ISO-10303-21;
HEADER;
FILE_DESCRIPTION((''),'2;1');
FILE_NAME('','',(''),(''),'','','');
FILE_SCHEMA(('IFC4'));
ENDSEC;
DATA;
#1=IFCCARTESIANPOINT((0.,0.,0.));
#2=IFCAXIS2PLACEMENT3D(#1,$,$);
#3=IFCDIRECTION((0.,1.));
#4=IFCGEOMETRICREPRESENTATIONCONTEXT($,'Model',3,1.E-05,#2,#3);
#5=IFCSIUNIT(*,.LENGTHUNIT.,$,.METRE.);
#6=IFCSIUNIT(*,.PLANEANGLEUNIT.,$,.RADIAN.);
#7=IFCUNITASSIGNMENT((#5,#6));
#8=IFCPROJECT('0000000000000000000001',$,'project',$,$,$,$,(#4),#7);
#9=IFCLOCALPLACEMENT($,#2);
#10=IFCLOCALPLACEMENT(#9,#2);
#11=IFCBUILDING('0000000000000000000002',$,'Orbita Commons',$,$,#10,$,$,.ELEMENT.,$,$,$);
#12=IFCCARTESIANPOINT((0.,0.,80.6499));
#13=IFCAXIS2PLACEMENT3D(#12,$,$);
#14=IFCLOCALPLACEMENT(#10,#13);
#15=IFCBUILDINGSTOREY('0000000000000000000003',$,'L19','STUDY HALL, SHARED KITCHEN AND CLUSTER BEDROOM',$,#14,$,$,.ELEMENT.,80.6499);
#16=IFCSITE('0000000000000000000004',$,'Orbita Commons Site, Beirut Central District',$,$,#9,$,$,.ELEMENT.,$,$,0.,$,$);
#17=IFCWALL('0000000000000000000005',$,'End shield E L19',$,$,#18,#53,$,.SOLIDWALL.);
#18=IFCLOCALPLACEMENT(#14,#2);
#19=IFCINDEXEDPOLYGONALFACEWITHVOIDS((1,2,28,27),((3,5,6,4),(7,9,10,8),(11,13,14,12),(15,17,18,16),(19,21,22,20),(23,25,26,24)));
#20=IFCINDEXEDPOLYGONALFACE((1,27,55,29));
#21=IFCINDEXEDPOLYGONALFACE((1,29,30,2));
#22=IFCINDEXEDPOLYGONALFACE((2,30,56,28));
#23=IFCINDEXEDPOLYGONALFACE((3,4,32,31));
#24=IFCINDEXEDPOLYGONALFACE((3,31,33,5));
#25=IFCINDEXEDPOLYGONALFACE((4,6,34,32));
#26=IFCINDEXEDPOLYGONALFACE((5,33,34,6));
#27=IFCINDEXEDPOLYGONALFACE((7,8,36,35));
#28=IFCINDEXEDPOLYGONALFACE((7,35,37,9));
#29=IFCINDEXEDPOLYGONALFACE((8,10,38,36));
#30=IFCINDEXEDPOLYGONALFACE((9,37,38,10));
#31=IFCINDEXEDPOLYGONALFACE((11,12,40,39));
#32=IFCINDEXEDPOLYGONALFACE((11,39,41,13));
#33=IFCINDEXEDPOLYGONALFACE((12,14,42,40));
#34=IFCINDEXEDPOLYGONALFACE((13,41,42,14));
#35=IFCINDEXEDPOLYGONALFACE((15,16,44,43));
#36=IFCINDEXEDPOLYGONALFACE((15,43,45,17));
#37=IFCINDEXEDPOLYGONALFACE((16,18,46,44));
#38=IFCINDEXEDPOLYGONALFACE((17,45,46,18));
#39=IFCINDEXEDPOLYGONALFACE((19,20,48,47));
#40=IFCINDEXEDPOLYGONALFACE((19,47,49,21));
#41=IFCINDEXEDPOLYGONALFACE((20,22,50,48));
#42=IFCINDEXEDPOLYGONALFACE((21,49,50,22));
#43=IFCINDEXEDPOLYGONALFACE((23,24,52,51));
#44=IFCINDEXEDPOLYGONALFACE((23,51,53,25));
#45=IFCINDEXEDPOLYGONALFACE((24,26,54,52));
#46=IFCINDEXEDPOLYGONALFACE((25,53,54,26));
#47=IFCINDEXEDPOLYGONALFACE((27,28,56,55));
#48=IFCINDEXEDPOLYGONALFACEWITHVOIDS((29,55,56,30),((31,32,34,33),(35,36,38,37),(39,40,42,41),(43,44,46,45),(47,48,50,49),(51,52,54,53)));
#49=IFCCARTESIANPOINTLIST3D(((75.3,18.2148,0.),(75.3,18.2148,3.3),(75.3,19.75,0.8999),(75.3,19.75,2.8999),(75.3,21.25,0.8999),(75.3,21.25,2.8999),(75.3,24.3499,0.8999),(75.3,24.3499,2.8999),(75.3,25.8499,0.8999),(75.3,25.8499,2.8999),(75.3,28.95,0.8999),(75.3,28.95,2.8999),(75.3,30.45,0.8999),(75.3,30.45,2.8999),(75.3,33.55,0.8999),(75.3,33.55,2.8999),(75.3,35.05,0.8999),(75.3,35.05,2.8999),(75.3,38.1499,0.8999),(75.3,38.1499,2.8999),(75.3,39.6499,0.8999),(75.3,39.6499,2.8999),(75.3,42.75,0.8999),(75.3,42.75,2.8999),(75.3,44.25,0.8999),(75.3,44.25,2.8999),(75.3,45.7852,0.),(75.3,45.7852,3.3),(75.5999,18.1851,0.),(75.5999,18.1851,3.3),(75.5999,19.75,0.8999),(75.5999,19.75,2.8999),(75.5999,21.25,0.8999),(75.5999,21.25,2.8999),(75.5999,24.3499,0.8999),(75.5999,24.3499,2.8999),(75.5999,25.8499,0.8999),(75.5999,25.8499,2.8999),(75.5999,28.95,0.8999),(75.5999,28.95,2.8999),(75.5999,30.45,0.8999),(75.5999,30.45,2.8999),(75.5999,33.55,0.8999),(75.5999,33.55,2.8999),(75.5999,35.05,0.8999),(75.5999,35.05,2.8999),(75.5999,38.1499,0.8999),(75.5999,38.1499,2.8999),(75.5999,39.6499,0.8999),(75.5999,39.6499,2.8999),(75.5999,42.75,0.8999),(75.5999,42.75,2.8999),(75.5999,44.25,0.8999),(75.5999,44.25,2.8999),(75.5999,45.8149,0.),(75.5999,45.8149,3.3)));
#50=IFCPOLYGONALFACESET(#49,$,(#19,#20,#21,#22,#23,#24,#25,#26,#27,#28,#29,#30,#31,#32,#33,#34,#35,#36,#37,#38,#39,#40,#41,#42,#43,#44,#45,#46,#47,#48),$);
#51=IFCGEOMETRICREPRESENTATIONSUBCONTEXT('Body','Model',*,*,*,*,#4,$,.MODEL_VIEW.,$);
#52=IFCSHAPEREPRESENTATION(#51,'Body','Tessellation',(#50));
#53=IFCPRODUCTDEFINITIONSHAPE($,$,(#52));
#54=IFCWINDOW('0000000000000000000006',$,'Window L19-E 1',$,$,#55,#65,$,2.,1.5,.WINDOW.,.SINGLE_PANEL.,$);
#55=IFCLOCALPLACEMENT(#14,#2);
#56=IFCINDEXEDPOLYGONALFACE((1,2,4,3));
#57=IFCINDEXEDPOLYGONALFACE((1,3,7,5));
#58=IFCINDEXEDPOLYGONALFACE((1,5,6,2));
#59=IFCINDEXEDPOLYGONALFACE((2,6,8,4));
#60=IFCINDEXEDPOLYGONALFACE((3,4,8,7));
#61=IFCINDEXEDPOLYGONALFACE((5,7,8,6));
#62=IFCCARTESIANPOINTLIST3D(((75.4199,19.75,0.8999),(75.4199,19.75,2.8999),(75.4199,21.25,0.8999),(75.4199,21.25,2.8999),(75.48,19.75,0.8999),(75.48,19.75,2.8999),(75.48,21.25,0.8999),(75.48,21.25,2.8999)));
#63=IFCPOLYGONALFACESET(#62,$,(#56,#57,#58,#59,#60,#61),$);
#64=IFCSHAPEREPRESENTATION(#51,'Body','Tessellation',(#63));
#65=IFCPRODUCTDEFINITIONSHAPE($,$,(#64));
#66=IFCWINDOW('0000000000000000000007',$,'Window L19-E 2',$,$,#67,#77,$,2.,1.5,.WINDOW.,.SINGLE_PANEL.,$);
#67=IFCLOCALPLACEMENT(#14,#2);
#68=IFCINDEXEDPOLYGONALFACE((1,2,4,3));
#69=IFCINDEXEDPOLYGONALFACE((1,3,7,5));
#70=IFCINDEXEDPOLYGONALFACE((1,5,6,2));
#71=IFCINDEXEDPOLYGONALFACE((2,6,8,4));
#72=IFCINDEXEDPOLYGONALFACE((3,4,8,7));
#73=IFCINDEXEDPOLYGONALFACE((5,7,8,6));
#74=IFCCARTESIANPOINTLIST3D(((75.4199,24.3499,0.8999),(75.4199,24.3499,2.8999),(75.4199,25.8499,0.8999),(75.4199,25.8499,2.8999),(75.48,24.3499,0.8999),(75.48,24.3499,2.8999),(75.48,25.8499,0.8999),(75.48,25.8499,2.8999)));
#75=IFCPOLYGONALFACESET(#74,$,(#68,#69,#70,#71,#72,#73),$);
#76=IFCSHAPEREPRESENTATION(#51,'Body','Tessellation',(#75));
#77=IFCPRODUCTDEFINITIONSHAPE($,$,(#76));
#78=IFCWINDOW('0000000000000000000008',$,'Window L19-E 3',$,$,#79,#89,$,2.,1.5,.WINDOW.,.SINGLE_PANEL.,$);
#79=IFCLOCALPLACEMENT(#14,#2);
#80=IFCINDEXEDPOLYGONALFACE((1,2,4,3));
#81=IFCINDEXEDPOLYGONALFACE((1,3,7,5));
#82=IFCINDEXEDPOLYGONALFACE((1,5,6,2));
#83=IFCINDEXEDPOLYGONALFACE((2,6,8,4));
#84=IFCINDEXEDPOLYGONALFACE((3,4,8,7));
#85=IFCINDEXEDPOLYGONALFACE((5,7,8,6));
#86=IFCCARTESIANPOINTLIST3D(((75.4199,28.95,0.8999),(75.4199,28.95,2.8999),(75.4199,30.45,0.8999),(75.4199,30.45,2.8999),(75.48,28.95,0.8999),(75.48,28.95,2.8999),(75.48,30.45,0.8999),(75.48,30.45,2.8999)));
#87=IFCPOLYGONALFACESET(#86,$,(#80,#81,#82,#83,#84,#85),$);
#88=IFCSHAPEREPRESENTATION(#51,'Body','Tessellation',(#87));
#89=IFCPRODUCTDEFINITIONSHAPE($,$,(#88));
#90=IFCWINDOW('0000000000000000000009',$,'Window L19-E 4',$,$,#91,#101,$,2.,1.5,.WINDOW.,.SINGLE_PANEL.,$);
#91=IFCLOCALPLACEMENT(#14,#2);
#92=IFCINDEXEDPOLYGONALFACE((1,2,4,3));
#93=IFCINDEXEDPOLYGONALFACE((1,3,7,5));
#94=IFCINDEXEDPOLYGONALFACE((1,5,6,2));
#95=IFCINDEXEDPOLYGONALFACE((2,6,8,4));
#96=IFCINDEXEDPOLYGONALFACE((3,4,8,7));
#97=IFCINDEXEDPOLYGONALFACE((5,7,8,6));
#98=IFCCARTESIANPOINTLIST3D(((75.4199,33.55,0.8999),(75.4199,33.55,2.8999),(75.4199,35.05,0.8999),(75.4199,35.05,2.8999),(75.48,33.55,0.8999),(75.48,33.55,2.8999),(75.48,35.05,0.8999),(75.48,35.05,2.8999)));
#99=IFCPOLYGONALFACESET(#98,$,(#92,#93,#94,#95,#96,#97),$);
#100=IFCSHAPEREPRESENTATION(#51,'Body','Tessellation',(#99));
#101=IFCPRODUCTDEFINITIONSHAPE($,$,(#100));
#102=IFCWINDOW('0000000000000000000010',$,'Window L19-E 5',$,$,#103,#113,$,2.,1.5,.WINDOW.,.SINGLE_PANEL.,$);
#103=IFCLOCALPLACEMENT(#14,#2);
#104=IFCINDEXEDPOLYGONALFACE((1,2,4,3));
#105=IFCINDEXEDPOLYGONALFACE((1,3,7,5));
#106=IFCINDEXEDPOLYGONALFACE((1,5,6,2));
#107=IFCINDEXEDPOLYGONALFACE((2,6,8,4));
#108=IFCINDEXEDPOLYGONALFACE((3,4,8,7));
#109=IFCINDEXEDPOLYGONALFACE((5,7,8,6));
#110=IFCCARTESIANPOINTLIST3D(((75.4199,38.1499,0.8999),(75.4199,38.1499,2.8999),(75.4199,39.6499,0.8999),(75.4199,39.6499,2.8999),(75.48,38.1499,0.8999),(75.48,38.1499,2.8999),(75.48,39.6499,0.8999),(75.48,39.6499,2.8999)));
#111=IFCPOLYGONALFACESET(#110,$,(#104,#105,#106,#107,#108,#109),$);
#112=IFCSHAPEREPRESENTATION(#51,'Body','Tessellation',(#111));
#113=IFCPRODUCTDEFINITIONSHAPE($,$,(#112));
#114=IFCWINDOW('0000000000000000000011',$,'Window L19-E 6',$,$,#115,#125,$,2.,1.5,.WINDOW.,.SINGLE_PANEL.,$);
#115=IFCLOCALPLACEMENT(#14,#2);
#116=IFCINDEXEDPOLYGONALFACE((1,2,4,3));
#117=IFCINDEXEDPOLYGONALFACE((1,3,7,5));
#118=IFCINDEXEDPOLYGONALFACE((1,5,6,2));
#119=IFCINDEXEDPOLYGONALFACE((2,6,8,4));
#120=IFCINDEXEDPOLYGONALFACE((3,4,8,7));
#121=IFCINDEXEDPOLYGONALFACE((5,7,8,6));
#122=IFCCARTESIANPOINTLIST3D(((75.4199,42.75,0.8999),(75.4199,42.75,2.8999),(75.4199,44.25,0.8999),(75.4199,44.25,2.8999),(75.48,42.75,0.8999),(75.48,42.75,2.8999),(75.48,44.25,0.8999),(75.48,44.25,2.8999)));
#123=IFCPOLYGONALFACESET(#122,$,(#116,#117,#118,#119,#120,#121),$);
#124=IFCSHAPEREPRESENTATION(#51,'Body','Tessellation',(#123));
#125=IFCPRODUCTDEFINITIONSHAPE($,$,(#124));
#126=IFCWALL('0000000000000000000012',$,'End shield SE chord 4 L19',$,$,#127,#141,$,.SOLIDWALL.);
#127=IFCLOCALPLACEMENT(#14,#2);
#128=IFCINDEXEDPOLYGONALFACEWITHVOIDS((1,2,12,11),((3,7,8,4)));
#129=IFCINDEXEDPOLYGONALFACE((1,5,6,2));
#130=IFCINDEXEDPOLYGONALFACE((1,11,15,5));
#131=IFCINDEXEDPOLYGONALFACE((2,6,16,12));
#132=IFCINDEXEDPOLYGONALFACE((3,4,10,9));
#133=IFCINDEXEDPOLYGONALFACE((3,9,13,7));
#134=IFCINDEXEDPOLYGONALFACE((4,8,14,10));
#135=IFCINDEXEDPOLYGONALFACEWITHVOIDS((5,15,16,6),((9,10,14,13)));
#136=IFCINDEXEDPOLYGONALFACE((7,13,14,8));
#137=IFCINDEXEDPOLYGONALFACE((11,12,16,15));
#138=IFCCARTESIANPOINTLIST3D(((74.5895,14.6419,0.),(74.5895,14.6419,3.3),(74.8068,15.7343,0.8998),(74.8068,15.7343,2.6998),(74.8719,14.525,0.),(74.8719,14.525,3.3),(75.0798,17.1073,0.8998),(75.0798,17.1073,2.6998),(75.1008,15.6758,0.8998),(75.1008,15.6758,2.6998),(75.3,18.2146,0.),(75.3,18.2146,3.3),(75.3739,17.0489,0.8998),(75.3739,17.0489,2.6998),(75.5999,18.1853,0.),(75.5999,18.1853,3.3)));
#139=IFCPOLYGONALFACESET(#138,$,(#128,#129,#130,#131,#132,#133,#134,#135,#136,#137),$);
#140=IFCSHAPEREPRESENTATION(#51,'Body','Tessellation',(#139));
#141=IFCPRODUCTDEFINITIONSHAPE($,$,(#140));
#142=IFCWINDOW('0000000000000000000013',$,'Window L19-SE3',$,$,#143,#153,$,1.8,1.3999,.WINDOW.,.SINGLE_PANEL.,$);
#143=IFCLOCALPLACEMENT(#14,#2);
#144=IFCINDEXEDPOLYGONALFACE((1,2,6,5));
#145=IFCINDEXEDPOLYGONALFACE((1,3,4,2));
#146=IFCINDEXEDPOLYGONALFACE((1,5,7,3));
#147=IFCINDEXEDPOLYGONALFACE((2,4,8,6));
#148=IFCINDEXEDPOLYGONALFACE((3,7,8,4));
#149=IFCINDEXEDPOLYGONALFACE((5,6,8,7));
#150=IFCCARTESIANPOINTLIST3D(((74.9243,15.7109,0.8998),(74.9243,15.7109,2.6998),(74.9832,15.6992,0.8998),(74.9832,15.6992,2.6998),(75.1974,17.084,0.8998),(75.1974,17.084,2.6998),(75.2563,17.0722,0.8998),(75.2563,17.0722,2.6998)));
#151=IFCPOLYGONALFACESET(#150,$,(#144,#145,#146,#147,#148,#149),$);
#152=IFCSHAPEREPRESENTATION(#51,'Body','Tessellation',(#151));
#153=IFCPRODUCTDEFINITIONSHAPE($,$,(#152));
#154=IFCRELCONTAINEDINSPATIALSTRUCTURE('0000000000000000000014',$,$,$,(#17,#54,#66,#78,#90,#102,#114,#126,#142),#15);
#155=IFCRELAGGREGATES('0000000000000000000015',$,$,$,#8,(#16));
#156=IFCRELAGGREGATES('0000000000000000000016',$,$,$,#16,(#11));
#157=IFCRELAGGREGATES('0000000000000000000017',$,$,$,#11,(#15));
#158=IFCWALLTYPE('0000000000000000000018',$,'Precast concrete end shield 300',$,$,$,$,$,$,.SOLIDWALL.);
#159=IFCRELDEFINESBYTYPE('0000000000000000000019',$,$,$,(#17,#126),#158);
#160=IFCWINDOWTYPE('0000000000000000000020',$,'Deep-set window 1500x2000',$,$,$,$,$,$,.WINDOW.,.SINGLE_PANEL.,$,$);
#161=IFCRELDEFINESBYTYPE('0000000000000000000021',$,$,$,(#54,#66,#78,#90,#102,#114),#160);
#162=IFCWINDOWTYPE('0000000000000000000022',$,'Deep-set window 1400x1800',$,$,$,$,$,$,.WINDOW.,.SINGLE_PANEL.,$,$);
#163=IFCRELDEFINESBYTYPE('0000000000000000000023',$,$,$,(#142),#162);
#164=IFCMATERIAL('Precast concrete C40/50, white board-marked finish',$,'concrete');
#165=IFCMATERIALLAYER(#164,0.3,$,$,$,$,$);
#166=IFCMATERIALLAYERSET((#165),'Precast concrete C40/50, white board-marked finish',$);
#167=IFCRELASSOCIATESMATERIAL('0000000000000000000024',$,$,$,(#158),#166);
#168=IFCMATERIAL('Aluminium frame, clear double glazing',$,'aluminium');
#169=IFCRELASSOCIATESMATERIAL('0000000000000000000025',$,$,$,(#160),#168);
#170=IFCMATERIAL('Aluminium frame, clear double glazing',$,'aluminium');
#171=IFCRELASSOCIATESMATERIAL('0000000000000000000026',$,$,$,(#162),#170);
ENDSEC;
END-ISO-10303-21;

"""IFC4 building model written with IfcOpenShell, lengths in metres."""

from ifc_helpers import new_model, si_unit, direction, frame, frame_2d, origin, place, context, subcontext, project, spatial, polyline, rectangle, outline, extrude, material, layer, layer_set, type_object, element, fill, save


model = new_model("IFC4")

# Units and contexts
model_context = context("Model", 3, precision=1e-05, world=origin(), true_north=direction((0.0, 1.0)))
body_context = subcontext(model_context, "Body", "Model", "MODEL_VIEW")
ifc_project = project(units=[si_unit("LENGTHUNIT", "METRE"), si_unit("PLANEANGLEUNIT", "RADIAN")], contexts=[model_context])

# Site, building, storey
site_placement = place(None, origin())
site = spatial("IfcSite", under=ifc_project, at=site_placement, Name="Orbita Commons Site, Beirut Central District", CompositionType="ELEMENT", RefElevation=0.0)
building_placement = place(site_placement, origin())
building = spatial("IfcBuilding", under=site, at=building_placement, Name="Orbita Commons", CompositionType="ELEMENT")
storey_placement = place(building_placement, frame((0.0, 0.0, 80.6499)))
storey = spatial("IfcBuildingStorey", under=building, at=storey_placement, Name="L19", Description="STUDY HALL, SHARED KITCHEN AND CLUSTER BEDROOM", CompositionType="ELEMENT", Elevation=80.6499)

# Wall, openings, windows
ifc_material_1 = material(Name="Precast concrete C40/50, white board-marked finish", Category="concrete")
ifc_layer_1 = layer(ifc_material_1, 0.3)
ifc_layer_set_1 = layer_set([ifc_layer_1], Name="Precast concrete C40/50, white board-marked finish")
wall_type_1 = type_object("IfcWallType", Name="Precast concrete end shield 300", PredefinedType="SOLIDWALL", material=ifc_layer_set_1)
wall_1_placement = place(storey_placement, frame((75.45, 18.2, 0.0), z_axis=(0.0, 0.0, 1.0), x_axis=(0.0, 1.0, 0.0)))
wall_1 = element("IfcWall", 1, at=wall_1_placement, inside=storey, type_object=wall_type_1, Name="End shield E L19", PredefinedType="SOLIDWALL", context=body_context, shape_type="SweptSolid", body=[
    extrude(outline(polyline([(-0.0149, -0.1499), (27.615, -0.1499), (27.5852, 0.1499), (0.0149, 0.1499), (-0.0149, -0.1499)])), origin(), (0.0, 0.0, 1.0), 3.3),
])
opening_1_placement = place(wall_1_placement, frame((1.55, 0.0, 0.8999)))
opening_1 = element("IfcOpeningElement", 2, at=opening_1_placement, cuts=wall_1, PredefinedType="OPENING", context=body_context, shape_type="SweptSolid", body=[
    extrude(rectangle(XDim=1.5, YDim=2.0, at=frame_2d((0.75, 1.0))), frame((0.0, 0.1599, 0.0), z_axis=(0.0, -1.0, 0.0), x_axis=(1.0, 0.0, 0.0)), (0.0, 0.0, 1.0), 0.3201),
])
opening_2_placement = place(wall_1_placement, frame((6.1499, 0.0, 0.8999)))
opening_2 = element("IfcOpeningElement", 3, at=opening_2_placement, cuts=wall_1, PredefinedType="OPENING", context=body_context, shape_type="SweptSolid", body=[
    extrude(rectangle(XDim=1.5, YDim=2.0, at=frame_2d((0.75, 1.0))), frame((0.0, 0.1599, 0.0), z_axis=(0.0, -1.0, 0.0), x_axis=(1.0, 0.0, 0.0)), (0.0, 0.0, 1.0), 0.3201),
])
opening_3_placement = place(wall_1_placement, frame((10.75, 0.0, 0.8999)))
opening_3 = element("IfcOpeningElement", 4, at=opening_3_placement, cuts=wall_1, PredefinedType="OPENING", context=body_context, shape_type="SweptSolid", body=[
    extrude(rectangle(XDim=1.5, YDim=2.0, at=frame_2d((0.75, 1.0))), frame((0.0, 0.1599, 0.0), z_axis=(0.0, -1.0, 0.0), x_axis=(1.0, 0.0, 0.0)), (0.0, 0.0, 1.0), 0.3201),
])
opening_4_placement = place(wall_1_placement, frame((15.3501, 0.0, 0.8999)))
opening_4 = element("IfcOpeningElement", 5, at=opening_4_placement, cuts=wall_1, PredefinedType="OPENING", context=body_context, shape_type="SweptSolid", body=[
    extrude(rectangle(XDim=1.5, YDim=2.0, at=frame_2d((0.75, 1.0))), frame((0.0, 0.1599, 0.0), z_axis=(0.0, -1.0, 0.0), x_axis=(1.0, 0.0, 0.0)), (0.0, 0.0, 1.0), 0.3201),
])
opening_5_placement = place(wall_1_placement, frame((19.95, 0.0, 0.8999)))
opening_5 = element("IfcOpeningElement", 6, at=opening_5_placement, cuts=wall_1, PredefinedType="OPENING", context=body_context, shape_type="SweptSolid", body=[
    extrude(rectangle(XDim=1.5, YDim=2.0, at=frame_2d((0.75, 1.0))), frame((0.0, 0.1599, 0.0), z_axis=(0.0, -1.0, 0.0), x_axis=(1.0, 0.0, 0.0)), (0.0, 0.0, 1.0), 0.3201),
])
opening_6_placement = place(wall_1_placement, frame((24.55, 0.0, 0.8999)))
opening_6 = element("IfcOpeningElement", 7, at=opening_6_placement, cuts=wall_1, PredefinedType="OPENING", context=body_context, shape_type="SweptSolid", body=[
    extrude(rectangle(XDim=1.5, YDim=2.0, at=frame_2d((0.75, 1.0))), frame((0.0, 0.1599, 0.0), z_axis=(0.0, -1.0, 0.0), x_axis=(1.0, 0.0, 0.0)), (0.0, 0.0, 1.0), 0.3201),
])
ifc_material_2 = material(Name="Aluminium frame, clear double glazing", Category="aluminium")
window_type_1 = type_object("IfcWindowType", Name="Deep-set window 1500x2000", PartitioningType="SINGLE_PANEL", PredefinedType="WINDOW", material=ifc_material_2)
window_1_placement = place(opening_1_placement, origin())
window_1 = element("IfcWindow", 8, at=window_1_placement, inside=storey, type_object=window_type_1, Name="Window L19-E 1", OverallHeight=2.0, OverallWidth=1.5, PartitioningType="SINGLE_PANEL", PredefinedType="WINDOW", context=body_context, shape_type="SweptSolid", body=[
    extrude(rectangle(XDim=1.5, YDim=2.0, at=frame_2d((0.75, 1.0))), frame((0.0, 0.03, 0.0), z_axis=(0.0, -1.0, 0.0), x_axis=(1.0, 0.0, 0.0)), (0.0, 0.0, 1.0), 0.0601),
])
fill(opening_1, window_1)
window_2_placement = place(opening_2_placement, origin())
window_2 = element("IfcWindow", 9, at=window_2_placement, inside=storey, type_object=window_type_1, Name="Window L19-E 2", OverallHeight=2.0, OverallWidth=1.5, PartitioningType="SINGLE_PANEL", PredefinedType="WINDOW", context=body_context, shape_type="SweptSolid", body=[
    extrude(rectangle(XDim=1.5, YDim=2.0, at=frame_2d((0.75, 1.0))), frame((0.0, 0.03, 0.0), z_axis=(0.0, -1.0, 0.0), x_axis=(1.0, 0.0, 0.0)), (0.0, 0.0, 1.0), 0.0601),
])
fill(opening_2, window_2)
window_3_placement = place(opening_3_placement, origin())
window_3 = element("IfcWindow", 10, at=window_3_placement, inside=storey, type_object=window_type_1, Name="Window L19-E 3", OverallHeight=2.0, OverallWidth=1.5, PartitioningType="SINGLE_PANEL", PredefinedType="WINDOW", context=body_context, shape_type="SweptSolid", body=[
    extrude(rectangle(XDim=1.5, YDim=2.0, at=frame_2d((0.75, 1.0))), frame((0.0, 0.03, 0.0), z_axis=(0.0, -1.0, 0.0), x_axis=(1.0, 0.0, 0.0)), (0.0, 0.0, 1.0), 0.0601),
])
fill(opening_3, window_3)
window_4_placement = place(opening_4_placement, origin())
window_4 = element("IfcWindow", 11, at=window_4_placement, inside=storey, type_object=window_type_1, Name="Window L19-E 4", OverallHeight=2.0, OverallWidth=1.5, PartitioningType="SINGLE_PANEL", PredefinedType="WINDOW", context=body_context, shape_type="SweptSolid", body=[
    extrude(rectangle(XDim=1.5, YDim=2.0, at=frame_2d((0.75, 1.0))), frame((0.0, 0.03, 0.0), z_axis=(0.0, -1.0, 0.0), x_axis=(1.0, 0.0, 0.0)), (0.0, 0.0, 1.0), 0.0601),
])
fill(opening_4, window_4)
window_5_placement = place(opening_5_placement, origin())
window_5 = element("IfcWindow", 12, at=window_5_placement, inside=storey, type_object=window_type_1, Name="Window L19-E 5", OverallHeight=2.0, OverallWidth=1.5, PartitioningType="SINGLE_PANEL", PredefinedType="WINDOW", context=body_context, shape_type="SweptSolid", body=[
    extrude(rectangle(XDim=1.5, YDim=2.0, at=frame_2d((0.75, 1.0))), frame((0.0, 0.03, 0.0), z_axis=(0.0, -1.0, 0.0), x_axis=(1.0, 0.0, 0.0)), (0.0, 0.0, 1.0), 0.0601),
])
fill(opening_5, window_5)
window_6_placement = place(opening_6_placement, origin())
window_6 = element("IfcWindow", 13, at=window_6_placement, inside=storey, type_object=window_type_1, Name="Window L19-E 6", OverallHeight=2.0, OverallWidth=1.5, PartitioningType="SINGLE_PANEL", PredefinedType="WINDOW", context=body_context, shape_type="SweptSolid", body=[
    extrude(rectangle(XDim=1.5, YDim=2.0, at=frame_2d((0.75, 1.0))), frame((0.0, 0.03, 0.0), z_axis=(0.0, -1.0, 0.0), x_axis=(1.0, 0.0, 0.0)), (0.0, 0.0, 1.0), 0.0601),
])
fill(opening_6, window_6)

# Wall, opening, window
wall_2_placement = place(storey_placement, frame((74.7307, 14.5835, 0.0), z_axis=(0.0, 0.0, 1.0), x_axis=(0.195059, 0.980791, 0.0)))
wall_2 = element("IfcWall", 14, at=wall_2_placement, inside=storey, type_object=wall_type_1, Name="End shield SE chord 4 L19", PredefinedType="SOLIDWALL", context=body_context, shape_type="SweptSolid", body=[
    extrude(outline(polyline([(-0.0298, -0.1499), (3.7021, -0.1499), (3.6724, 0.1499), (0.0298, 0.1499), (-0.0298, -0.1499)])), origin(), (0.0, 0.0, 1.0), 3.3),
])
opening_7_placement = place(wall_2_placement, frame((1.1436, 0.0, 0.8999)))
opening_7 = element("IfcOpeningElement", 15, at=opening_7_placement, cuts=wall_2, PredefinedType="OPENING", context=body_context, shape_type="SweptSolid", body=[
    extrude(rectangle(XDim=1.3999, YDim=1.8, at=frame_2d((0.7, 0.8999))), frame((0.0, 0.1599, 0.0), z_axis=(0.0, -1.0, 0.0), x_axis=(1.0, 0.0, 0.0)), (0.0, 0.0, 1.0), 0.3201),
])
ifc_material_3 = material(Name="Aluminium frame, clear double glazing", Category="aluminium")
window_type_2 = type_object("IfcWindowType", Name="Deep-set window 1400x1800", PartitioningType="SINGLE_PANEL", PredefinedType="WINDOW", material=ifc_material_3)
window_7_placement = place(opening_7_placement, origin())
window_7 = element("IfcWindow", 16, at=window_7_placement, inside=storey, type_object=window_type_2, Name="Window L19-SE3", OverallHeight=1.8, OverallWidth=1.3999, PartitioningType="SINGLE_PANEL", PredefinedType="WINDOW", context=body_context, shape_type="SweptSolid", body=[
    extrude(rectangle(XDim=1.3999, YDim=1.8, at=frame_2d((0.7, 0.8999))), frame((0.0, 0.03, 0.0), z_axis=(0.0, -1.0, 0.0), x_axis=(1.0, 0.0, 0.0)), (0.0, 0.0, 1.0), 0.0601),
])
fill(opening_7, window_7)

save(model, "model.ifc")
